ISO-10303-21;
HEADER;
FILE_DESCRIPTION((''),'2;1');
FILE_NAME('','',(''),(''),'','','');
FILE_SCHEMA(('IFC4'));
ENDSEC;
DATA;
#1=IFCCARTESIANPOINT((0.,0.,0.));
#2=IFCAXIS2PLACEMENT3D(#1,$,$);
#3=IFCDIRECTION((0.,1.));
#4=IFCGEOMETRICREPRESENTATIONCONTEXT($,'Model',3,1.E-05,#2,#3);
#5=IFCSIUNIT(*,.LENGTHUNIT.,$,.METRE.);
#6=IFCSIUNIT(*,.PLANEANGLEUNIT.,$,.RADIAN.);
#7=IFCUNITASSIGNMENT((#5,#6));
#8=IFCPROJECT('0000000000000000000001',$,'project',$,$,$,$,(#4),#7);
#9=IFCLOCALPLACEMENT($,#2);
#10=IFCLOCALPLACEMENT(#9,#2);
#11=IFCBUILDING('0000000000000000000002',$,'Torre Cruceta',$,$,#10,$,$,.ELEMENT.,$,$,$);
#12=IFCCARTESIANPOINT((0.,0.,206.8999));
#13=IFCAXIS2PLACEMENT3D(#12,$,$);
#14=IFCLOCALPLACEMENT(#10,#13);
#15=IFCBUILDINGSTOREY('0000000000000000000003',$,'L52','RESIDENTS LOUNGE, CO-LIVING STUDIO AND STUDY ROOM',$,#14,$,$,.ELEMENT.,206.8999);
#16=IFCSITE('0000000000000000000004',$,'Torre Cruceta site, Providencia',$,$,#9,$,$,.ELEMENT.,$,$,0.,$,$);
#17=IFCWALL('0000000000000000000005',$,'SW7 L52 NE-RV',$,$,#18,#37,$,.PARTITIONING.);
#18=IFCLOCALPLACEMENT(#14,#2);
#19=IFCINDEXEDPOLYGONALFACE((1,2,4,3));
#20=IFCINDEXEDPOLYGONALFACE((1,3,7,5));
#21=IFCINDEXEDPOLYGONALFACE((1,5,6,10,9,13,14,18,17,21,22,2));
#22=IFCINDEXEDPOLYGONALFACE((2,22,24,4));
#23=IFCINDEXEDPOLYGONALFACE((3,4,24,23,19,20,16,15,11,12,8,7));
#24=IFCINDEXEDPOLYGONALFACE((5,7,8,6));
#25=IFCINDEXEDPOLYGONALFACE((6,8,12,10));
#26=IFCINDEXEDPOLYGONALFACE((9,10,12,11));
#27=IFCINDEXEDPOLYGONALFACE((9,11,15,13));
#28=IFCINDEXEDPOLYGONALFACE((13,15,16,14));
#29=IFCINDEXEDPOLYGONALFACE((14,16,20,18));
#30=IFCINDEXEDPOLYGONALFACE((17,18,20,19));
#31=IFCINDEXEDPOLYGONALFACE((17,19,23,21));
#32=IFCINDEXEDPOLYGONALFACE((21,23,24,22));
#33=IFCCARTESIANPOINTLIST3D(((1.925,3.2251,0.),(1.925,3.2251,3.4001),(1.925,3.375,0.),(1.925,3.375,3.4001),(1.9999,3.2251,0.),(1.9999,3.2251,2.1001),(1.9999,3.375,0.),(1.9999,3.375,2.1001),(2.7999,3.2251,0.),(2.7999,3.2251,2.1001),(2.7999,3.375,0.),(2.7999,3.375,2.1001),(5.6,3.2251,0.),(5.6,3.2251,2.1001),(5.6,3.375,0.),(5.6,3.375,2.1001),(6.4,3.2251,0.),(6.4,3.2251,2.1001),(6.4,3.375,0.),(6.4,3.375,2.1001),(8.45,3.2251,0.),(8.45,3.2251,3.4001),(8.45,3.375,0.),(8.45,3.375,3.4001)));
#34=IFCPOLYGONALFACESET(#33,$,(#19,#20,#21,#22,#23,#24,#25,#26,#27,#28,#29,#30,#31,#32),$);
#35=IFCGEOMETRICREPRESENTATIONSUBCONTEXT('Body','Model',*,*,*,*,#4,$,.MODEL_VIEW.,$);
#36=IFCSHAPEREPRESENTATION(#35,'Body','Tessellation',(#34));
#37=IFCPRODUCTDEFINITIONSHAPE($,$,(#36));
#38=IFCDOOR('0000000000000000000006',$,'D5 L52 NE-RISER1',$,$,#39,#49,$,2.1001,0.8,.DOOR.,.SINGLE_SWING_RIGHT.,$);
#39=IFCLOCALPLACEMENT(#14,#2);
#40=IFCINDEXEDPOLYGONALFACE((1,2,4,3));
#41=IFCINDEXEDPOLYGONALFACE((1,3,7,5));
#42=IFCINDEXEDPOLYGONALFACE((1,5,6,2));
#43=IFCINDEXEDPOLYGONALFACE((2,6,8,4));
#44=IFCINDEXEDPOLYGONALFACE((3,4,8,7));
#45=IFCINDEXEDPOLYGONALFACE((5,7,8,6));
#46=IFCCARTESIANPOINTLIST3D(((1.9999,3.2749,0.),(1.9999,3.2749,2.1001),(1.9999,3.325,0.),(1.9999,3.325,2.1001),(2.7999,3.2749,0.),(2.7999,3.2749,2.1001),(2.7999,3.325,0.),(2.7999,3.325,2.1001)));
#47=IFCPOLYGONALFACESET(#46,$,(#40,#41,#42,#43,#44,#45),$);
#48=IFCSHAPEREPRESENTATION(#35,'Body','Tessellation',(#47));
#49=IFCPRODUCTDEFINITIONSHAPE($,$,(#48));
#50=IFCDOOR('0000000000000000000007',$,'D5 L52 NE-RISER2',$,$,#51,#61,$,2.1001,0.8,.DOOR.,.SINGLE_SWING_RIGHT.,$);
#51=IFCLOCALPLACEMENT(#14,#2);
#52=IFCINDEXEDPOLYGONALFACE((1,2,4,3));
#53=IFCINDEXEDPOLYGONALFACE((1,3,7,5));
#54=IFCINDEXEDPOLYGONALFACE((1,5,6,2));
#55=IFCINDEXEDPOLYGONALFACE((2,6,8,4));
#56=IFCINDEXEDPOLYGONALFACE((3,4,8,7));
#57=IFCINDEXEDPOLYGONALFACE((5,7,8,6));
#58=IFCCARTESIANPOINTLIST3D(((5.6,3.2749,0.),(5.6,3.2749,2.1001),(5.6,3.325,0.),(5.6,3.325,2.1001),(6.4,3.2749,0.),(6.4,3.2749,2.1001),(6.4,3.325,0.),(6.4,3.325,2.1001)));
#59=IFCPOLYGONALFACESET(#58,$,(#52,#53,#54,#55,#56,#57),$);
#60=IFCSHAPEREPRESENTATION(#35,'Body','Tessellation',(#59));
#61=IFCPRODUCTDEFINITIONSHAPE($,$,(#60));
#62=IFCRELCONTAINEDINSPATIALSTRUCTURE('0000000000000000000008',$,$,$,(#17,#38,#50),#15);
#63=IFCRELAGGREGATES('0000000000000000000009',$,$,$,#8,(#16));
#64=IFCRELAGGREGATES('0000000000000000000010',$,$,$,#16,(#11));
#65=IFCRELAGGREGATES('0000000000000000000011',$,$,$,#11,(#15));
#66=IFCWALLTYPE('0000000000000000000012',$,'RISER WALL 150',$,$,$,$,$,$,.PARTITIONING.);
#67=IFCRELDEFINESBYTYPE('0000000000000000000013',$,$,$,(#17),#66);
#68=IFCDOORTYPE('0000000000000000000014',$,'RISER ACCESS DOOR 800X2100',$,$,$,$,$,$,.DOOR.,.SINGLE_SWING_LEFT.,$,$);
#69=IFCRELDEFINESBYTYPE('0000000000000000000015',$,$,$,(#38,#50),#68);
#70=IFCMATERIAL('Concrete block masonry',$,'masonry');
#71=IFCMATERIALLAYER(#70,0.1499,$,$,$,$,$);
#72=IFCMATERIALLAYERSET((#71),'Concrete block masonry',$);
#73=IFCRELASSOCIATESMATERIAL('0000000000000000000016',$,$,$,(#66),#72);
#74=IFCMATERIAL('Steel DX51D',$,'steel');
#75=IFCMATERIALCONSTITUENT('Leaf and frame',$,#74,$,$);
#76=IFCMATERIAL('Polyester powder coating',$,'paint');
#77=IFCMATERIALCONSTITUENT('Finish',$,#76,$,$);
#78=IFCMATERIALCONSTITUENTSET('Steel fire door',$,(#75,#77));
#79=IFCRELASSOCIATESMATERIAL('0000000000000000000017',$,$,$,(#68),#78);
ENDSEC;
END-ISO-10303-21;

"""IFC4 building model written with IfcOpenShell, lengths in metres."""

from ifc_helpers import new_model, si_unit, direction, frame, frame_2d, origin, place, context, subcontext, project, spatial, rectangle, extrude, material, layer, layer_set, constituent, constituent_set, type_object, element, fill, save


model = new_model("IFC4")

# Units and contexts
model_context = context("Model", 3, precision=1e-05, world=origin(), true_north=direction((0.0, 1.0)))
body_context = subcontext(model_context, "Body", "Model", "MODEL_VIEW")
ifc_project = project(units=[si_unit("LENGTHUNIT", "METRE"), si_unit("PLANEANGLEUNIT", "RADIAN")], contexts=[model_context])

# Site, building, storey
site_placement = place(None, origin())
site = spatial("IfcSite", under=ifc_project, at=site_placement, Name="Torre Cruceta site, Providencia", CompositionType="ELEMENT", RefElevation=0.0)
building_placement = place(site_placement, origin())
building = spatial("IfcBuilding", under=site, at=building_placement, Name="Torre Cruceta", CompositionType="ELEMENT")
storey_placement = place(building_placement, frame((0.0, 0.0, 206.8999)))
storey = spatial("IfcBuildingStorey", under=building, at=storey_placement, Name="L52", Description="RESIDENTS LOUNGE, CO-LIVING STUDIO AND STUDY ROOM", CompositionType="ELEMENT", Elevation=206.8999)

# Wall, openings, doors
ifc_material_1 = material(Name="Concrete block masonry", Category="masonry")
ifc_layer_1 = layer(ifc_material_1, 0.1499)
ifc_layer_set_1 = layer_set([ifc_layer_1], Name="Concrete block masonry")
wall_type_1 = type_object("IfcWallType", Name="RISER WALL 150", PredefinedType="PARTITIONING", material=ifc_layer_set_1)
wall_1_placement = place(storey_placement, frame((1.925, 3.3, 0.0), z_axis=(0.0, 0.0, 1.0), x_axis=(1.0, 0.0, 0.0)))
wall_1 = element("IfcWall", 1, at=wall_1_placement, inside=storey, type_object=wall_type_1, Name="SW7 L52 NE-RV", PredefinedType="PARTITIONING", context=body_context, shape_type="SweptSolid", body=[
    extrude(rectangle(XDim=6.5249, YDim=0.1499, at=frame_2d((3.2625, 0.0))), origin(), (0.0, 0.0, 1.0), 3.4001),
])
opening_1_placement = place(wall_1_placement, frame((0.075, 0.0, 0.0)))
opening_1 = element("IfcOpeningElement", 2, at=opening_1_placement, cuts=wall_1, PredefinedType="OPENING", context=body_context, shape_type="SweptSolid", body=[
    extrude(rectangle(XDim=0.8, YDim=2.1001, at=frame_2d((0.3999, 1.05))), frame((0.0, 0.085, 0.0), z_axis=(0.0, -1.0, 0.0), x_axis=(1.0, 0.0, 0.0)), (0.0, 0.0, 1.0), 0.1699),
])
opening_2_placement = place(wall_1_placement, frame((3.675, 0.0, 0.0)))
opening_2 = element("IfcOpeningElement", 3, at=opening_2_placement, cuts=wall_1, PredefinedType="OPENING", context=body_context, shape_type="SweptSolid", body=[
    extrude(rectangle(XDim=0.8, YDim=2.1001, at=frame_2d((0.3999, 1.05))), frame((0.0, 0.085, 0.0), z_axis=(0.0, -1.0, 0.0), x_axis=(1.0, 0.0, 0.0)), (0.0, 0.0, 1.0), 0.1699),
])
ifc_material_2 = material(Name="Steel DX51D", Category="steel")
ifc_constituent_1 = constituent(ifc_material_2, Name="Leaf and frame")
ifc_material_3 = material(Name="Polyester powder coating", Category="paint")
ifc_constituent_2 = constituent(ifc_material_3, Name="Finish")
ifc_constituent_set_1 = constituent_set(constituents=[ifc_constituent_1, ifc_constituent_2], Name="Steel fire door")
door_type_1 = type_object("IfcDoorType", Name="RISER ACCESS DOOR 800X2100", OperationType="SINGLE_SWING_LEFT", PredefinedType="DOOR", material=ifc_constituent_set_1)
door_1_placement = place(opening_1_placement, frame((0.8, 0.0, 0.0), z_axis=(0.0, 0.0, 1.0), x_axis=(-1.0, 0.0, 0.0)))
door_1 = element("IfcDoor", 4, at=door_1_placement, inside=storey, type_object=door_type_1, Name="D5 L52 NE-RISER1", OperationType="SINGLE_SWING_RIGHT", OverallHeight=2.1001, OverallWidth=0.8, PredefinedType="DOOR", context=body_context, shape_type="SweptSolid", body=[
    extrude(rectangle(XDim=0.8, YDim=2.1001, at=frame_2d((0.4001, 1.05))), frame((0.0, 0.0251, 0.0), z_axis=(0.0, -1.0, 0.0), x_axis=(1.0, 0.0, 0.0)), (0.0, 0.0, 1.0), 0.05),
])
fill(opening_1, door_1)
door_2_placement = place(opening_2_placement, frame((0.8, 0.0, 0.0), z_axis=(0.0, 0.0, 1.0), x_axis=(-1.0, 0.0, 0.0)))
door_2 = element("IfcDoor", 5, at=door_2_placement, inside=storey, type_object=door_type_1, Name="D5 L52 NE-RISER2", OperationType="SINGLE_SWING_RIGHT", OverallHeight=2.1001, OverallWidth=0.8, PredefinedType="DOOR", context=body_context, shape_type="SweptSolid", body=[
    extrude(rectangle(XDim=0.8, YDim=2.1001, at=frame_2d((0.4001, 1.05))), frame((0.0, 0.0251, 0.0), z_axis=(0.0, -1.0, 0.0), x_axis=(1.0, 0.0, 0.0)), (0.0, 0.0, 1.0), 0.05),
])
fill(opening_2, door_2)

save(model, "model.ifc")
